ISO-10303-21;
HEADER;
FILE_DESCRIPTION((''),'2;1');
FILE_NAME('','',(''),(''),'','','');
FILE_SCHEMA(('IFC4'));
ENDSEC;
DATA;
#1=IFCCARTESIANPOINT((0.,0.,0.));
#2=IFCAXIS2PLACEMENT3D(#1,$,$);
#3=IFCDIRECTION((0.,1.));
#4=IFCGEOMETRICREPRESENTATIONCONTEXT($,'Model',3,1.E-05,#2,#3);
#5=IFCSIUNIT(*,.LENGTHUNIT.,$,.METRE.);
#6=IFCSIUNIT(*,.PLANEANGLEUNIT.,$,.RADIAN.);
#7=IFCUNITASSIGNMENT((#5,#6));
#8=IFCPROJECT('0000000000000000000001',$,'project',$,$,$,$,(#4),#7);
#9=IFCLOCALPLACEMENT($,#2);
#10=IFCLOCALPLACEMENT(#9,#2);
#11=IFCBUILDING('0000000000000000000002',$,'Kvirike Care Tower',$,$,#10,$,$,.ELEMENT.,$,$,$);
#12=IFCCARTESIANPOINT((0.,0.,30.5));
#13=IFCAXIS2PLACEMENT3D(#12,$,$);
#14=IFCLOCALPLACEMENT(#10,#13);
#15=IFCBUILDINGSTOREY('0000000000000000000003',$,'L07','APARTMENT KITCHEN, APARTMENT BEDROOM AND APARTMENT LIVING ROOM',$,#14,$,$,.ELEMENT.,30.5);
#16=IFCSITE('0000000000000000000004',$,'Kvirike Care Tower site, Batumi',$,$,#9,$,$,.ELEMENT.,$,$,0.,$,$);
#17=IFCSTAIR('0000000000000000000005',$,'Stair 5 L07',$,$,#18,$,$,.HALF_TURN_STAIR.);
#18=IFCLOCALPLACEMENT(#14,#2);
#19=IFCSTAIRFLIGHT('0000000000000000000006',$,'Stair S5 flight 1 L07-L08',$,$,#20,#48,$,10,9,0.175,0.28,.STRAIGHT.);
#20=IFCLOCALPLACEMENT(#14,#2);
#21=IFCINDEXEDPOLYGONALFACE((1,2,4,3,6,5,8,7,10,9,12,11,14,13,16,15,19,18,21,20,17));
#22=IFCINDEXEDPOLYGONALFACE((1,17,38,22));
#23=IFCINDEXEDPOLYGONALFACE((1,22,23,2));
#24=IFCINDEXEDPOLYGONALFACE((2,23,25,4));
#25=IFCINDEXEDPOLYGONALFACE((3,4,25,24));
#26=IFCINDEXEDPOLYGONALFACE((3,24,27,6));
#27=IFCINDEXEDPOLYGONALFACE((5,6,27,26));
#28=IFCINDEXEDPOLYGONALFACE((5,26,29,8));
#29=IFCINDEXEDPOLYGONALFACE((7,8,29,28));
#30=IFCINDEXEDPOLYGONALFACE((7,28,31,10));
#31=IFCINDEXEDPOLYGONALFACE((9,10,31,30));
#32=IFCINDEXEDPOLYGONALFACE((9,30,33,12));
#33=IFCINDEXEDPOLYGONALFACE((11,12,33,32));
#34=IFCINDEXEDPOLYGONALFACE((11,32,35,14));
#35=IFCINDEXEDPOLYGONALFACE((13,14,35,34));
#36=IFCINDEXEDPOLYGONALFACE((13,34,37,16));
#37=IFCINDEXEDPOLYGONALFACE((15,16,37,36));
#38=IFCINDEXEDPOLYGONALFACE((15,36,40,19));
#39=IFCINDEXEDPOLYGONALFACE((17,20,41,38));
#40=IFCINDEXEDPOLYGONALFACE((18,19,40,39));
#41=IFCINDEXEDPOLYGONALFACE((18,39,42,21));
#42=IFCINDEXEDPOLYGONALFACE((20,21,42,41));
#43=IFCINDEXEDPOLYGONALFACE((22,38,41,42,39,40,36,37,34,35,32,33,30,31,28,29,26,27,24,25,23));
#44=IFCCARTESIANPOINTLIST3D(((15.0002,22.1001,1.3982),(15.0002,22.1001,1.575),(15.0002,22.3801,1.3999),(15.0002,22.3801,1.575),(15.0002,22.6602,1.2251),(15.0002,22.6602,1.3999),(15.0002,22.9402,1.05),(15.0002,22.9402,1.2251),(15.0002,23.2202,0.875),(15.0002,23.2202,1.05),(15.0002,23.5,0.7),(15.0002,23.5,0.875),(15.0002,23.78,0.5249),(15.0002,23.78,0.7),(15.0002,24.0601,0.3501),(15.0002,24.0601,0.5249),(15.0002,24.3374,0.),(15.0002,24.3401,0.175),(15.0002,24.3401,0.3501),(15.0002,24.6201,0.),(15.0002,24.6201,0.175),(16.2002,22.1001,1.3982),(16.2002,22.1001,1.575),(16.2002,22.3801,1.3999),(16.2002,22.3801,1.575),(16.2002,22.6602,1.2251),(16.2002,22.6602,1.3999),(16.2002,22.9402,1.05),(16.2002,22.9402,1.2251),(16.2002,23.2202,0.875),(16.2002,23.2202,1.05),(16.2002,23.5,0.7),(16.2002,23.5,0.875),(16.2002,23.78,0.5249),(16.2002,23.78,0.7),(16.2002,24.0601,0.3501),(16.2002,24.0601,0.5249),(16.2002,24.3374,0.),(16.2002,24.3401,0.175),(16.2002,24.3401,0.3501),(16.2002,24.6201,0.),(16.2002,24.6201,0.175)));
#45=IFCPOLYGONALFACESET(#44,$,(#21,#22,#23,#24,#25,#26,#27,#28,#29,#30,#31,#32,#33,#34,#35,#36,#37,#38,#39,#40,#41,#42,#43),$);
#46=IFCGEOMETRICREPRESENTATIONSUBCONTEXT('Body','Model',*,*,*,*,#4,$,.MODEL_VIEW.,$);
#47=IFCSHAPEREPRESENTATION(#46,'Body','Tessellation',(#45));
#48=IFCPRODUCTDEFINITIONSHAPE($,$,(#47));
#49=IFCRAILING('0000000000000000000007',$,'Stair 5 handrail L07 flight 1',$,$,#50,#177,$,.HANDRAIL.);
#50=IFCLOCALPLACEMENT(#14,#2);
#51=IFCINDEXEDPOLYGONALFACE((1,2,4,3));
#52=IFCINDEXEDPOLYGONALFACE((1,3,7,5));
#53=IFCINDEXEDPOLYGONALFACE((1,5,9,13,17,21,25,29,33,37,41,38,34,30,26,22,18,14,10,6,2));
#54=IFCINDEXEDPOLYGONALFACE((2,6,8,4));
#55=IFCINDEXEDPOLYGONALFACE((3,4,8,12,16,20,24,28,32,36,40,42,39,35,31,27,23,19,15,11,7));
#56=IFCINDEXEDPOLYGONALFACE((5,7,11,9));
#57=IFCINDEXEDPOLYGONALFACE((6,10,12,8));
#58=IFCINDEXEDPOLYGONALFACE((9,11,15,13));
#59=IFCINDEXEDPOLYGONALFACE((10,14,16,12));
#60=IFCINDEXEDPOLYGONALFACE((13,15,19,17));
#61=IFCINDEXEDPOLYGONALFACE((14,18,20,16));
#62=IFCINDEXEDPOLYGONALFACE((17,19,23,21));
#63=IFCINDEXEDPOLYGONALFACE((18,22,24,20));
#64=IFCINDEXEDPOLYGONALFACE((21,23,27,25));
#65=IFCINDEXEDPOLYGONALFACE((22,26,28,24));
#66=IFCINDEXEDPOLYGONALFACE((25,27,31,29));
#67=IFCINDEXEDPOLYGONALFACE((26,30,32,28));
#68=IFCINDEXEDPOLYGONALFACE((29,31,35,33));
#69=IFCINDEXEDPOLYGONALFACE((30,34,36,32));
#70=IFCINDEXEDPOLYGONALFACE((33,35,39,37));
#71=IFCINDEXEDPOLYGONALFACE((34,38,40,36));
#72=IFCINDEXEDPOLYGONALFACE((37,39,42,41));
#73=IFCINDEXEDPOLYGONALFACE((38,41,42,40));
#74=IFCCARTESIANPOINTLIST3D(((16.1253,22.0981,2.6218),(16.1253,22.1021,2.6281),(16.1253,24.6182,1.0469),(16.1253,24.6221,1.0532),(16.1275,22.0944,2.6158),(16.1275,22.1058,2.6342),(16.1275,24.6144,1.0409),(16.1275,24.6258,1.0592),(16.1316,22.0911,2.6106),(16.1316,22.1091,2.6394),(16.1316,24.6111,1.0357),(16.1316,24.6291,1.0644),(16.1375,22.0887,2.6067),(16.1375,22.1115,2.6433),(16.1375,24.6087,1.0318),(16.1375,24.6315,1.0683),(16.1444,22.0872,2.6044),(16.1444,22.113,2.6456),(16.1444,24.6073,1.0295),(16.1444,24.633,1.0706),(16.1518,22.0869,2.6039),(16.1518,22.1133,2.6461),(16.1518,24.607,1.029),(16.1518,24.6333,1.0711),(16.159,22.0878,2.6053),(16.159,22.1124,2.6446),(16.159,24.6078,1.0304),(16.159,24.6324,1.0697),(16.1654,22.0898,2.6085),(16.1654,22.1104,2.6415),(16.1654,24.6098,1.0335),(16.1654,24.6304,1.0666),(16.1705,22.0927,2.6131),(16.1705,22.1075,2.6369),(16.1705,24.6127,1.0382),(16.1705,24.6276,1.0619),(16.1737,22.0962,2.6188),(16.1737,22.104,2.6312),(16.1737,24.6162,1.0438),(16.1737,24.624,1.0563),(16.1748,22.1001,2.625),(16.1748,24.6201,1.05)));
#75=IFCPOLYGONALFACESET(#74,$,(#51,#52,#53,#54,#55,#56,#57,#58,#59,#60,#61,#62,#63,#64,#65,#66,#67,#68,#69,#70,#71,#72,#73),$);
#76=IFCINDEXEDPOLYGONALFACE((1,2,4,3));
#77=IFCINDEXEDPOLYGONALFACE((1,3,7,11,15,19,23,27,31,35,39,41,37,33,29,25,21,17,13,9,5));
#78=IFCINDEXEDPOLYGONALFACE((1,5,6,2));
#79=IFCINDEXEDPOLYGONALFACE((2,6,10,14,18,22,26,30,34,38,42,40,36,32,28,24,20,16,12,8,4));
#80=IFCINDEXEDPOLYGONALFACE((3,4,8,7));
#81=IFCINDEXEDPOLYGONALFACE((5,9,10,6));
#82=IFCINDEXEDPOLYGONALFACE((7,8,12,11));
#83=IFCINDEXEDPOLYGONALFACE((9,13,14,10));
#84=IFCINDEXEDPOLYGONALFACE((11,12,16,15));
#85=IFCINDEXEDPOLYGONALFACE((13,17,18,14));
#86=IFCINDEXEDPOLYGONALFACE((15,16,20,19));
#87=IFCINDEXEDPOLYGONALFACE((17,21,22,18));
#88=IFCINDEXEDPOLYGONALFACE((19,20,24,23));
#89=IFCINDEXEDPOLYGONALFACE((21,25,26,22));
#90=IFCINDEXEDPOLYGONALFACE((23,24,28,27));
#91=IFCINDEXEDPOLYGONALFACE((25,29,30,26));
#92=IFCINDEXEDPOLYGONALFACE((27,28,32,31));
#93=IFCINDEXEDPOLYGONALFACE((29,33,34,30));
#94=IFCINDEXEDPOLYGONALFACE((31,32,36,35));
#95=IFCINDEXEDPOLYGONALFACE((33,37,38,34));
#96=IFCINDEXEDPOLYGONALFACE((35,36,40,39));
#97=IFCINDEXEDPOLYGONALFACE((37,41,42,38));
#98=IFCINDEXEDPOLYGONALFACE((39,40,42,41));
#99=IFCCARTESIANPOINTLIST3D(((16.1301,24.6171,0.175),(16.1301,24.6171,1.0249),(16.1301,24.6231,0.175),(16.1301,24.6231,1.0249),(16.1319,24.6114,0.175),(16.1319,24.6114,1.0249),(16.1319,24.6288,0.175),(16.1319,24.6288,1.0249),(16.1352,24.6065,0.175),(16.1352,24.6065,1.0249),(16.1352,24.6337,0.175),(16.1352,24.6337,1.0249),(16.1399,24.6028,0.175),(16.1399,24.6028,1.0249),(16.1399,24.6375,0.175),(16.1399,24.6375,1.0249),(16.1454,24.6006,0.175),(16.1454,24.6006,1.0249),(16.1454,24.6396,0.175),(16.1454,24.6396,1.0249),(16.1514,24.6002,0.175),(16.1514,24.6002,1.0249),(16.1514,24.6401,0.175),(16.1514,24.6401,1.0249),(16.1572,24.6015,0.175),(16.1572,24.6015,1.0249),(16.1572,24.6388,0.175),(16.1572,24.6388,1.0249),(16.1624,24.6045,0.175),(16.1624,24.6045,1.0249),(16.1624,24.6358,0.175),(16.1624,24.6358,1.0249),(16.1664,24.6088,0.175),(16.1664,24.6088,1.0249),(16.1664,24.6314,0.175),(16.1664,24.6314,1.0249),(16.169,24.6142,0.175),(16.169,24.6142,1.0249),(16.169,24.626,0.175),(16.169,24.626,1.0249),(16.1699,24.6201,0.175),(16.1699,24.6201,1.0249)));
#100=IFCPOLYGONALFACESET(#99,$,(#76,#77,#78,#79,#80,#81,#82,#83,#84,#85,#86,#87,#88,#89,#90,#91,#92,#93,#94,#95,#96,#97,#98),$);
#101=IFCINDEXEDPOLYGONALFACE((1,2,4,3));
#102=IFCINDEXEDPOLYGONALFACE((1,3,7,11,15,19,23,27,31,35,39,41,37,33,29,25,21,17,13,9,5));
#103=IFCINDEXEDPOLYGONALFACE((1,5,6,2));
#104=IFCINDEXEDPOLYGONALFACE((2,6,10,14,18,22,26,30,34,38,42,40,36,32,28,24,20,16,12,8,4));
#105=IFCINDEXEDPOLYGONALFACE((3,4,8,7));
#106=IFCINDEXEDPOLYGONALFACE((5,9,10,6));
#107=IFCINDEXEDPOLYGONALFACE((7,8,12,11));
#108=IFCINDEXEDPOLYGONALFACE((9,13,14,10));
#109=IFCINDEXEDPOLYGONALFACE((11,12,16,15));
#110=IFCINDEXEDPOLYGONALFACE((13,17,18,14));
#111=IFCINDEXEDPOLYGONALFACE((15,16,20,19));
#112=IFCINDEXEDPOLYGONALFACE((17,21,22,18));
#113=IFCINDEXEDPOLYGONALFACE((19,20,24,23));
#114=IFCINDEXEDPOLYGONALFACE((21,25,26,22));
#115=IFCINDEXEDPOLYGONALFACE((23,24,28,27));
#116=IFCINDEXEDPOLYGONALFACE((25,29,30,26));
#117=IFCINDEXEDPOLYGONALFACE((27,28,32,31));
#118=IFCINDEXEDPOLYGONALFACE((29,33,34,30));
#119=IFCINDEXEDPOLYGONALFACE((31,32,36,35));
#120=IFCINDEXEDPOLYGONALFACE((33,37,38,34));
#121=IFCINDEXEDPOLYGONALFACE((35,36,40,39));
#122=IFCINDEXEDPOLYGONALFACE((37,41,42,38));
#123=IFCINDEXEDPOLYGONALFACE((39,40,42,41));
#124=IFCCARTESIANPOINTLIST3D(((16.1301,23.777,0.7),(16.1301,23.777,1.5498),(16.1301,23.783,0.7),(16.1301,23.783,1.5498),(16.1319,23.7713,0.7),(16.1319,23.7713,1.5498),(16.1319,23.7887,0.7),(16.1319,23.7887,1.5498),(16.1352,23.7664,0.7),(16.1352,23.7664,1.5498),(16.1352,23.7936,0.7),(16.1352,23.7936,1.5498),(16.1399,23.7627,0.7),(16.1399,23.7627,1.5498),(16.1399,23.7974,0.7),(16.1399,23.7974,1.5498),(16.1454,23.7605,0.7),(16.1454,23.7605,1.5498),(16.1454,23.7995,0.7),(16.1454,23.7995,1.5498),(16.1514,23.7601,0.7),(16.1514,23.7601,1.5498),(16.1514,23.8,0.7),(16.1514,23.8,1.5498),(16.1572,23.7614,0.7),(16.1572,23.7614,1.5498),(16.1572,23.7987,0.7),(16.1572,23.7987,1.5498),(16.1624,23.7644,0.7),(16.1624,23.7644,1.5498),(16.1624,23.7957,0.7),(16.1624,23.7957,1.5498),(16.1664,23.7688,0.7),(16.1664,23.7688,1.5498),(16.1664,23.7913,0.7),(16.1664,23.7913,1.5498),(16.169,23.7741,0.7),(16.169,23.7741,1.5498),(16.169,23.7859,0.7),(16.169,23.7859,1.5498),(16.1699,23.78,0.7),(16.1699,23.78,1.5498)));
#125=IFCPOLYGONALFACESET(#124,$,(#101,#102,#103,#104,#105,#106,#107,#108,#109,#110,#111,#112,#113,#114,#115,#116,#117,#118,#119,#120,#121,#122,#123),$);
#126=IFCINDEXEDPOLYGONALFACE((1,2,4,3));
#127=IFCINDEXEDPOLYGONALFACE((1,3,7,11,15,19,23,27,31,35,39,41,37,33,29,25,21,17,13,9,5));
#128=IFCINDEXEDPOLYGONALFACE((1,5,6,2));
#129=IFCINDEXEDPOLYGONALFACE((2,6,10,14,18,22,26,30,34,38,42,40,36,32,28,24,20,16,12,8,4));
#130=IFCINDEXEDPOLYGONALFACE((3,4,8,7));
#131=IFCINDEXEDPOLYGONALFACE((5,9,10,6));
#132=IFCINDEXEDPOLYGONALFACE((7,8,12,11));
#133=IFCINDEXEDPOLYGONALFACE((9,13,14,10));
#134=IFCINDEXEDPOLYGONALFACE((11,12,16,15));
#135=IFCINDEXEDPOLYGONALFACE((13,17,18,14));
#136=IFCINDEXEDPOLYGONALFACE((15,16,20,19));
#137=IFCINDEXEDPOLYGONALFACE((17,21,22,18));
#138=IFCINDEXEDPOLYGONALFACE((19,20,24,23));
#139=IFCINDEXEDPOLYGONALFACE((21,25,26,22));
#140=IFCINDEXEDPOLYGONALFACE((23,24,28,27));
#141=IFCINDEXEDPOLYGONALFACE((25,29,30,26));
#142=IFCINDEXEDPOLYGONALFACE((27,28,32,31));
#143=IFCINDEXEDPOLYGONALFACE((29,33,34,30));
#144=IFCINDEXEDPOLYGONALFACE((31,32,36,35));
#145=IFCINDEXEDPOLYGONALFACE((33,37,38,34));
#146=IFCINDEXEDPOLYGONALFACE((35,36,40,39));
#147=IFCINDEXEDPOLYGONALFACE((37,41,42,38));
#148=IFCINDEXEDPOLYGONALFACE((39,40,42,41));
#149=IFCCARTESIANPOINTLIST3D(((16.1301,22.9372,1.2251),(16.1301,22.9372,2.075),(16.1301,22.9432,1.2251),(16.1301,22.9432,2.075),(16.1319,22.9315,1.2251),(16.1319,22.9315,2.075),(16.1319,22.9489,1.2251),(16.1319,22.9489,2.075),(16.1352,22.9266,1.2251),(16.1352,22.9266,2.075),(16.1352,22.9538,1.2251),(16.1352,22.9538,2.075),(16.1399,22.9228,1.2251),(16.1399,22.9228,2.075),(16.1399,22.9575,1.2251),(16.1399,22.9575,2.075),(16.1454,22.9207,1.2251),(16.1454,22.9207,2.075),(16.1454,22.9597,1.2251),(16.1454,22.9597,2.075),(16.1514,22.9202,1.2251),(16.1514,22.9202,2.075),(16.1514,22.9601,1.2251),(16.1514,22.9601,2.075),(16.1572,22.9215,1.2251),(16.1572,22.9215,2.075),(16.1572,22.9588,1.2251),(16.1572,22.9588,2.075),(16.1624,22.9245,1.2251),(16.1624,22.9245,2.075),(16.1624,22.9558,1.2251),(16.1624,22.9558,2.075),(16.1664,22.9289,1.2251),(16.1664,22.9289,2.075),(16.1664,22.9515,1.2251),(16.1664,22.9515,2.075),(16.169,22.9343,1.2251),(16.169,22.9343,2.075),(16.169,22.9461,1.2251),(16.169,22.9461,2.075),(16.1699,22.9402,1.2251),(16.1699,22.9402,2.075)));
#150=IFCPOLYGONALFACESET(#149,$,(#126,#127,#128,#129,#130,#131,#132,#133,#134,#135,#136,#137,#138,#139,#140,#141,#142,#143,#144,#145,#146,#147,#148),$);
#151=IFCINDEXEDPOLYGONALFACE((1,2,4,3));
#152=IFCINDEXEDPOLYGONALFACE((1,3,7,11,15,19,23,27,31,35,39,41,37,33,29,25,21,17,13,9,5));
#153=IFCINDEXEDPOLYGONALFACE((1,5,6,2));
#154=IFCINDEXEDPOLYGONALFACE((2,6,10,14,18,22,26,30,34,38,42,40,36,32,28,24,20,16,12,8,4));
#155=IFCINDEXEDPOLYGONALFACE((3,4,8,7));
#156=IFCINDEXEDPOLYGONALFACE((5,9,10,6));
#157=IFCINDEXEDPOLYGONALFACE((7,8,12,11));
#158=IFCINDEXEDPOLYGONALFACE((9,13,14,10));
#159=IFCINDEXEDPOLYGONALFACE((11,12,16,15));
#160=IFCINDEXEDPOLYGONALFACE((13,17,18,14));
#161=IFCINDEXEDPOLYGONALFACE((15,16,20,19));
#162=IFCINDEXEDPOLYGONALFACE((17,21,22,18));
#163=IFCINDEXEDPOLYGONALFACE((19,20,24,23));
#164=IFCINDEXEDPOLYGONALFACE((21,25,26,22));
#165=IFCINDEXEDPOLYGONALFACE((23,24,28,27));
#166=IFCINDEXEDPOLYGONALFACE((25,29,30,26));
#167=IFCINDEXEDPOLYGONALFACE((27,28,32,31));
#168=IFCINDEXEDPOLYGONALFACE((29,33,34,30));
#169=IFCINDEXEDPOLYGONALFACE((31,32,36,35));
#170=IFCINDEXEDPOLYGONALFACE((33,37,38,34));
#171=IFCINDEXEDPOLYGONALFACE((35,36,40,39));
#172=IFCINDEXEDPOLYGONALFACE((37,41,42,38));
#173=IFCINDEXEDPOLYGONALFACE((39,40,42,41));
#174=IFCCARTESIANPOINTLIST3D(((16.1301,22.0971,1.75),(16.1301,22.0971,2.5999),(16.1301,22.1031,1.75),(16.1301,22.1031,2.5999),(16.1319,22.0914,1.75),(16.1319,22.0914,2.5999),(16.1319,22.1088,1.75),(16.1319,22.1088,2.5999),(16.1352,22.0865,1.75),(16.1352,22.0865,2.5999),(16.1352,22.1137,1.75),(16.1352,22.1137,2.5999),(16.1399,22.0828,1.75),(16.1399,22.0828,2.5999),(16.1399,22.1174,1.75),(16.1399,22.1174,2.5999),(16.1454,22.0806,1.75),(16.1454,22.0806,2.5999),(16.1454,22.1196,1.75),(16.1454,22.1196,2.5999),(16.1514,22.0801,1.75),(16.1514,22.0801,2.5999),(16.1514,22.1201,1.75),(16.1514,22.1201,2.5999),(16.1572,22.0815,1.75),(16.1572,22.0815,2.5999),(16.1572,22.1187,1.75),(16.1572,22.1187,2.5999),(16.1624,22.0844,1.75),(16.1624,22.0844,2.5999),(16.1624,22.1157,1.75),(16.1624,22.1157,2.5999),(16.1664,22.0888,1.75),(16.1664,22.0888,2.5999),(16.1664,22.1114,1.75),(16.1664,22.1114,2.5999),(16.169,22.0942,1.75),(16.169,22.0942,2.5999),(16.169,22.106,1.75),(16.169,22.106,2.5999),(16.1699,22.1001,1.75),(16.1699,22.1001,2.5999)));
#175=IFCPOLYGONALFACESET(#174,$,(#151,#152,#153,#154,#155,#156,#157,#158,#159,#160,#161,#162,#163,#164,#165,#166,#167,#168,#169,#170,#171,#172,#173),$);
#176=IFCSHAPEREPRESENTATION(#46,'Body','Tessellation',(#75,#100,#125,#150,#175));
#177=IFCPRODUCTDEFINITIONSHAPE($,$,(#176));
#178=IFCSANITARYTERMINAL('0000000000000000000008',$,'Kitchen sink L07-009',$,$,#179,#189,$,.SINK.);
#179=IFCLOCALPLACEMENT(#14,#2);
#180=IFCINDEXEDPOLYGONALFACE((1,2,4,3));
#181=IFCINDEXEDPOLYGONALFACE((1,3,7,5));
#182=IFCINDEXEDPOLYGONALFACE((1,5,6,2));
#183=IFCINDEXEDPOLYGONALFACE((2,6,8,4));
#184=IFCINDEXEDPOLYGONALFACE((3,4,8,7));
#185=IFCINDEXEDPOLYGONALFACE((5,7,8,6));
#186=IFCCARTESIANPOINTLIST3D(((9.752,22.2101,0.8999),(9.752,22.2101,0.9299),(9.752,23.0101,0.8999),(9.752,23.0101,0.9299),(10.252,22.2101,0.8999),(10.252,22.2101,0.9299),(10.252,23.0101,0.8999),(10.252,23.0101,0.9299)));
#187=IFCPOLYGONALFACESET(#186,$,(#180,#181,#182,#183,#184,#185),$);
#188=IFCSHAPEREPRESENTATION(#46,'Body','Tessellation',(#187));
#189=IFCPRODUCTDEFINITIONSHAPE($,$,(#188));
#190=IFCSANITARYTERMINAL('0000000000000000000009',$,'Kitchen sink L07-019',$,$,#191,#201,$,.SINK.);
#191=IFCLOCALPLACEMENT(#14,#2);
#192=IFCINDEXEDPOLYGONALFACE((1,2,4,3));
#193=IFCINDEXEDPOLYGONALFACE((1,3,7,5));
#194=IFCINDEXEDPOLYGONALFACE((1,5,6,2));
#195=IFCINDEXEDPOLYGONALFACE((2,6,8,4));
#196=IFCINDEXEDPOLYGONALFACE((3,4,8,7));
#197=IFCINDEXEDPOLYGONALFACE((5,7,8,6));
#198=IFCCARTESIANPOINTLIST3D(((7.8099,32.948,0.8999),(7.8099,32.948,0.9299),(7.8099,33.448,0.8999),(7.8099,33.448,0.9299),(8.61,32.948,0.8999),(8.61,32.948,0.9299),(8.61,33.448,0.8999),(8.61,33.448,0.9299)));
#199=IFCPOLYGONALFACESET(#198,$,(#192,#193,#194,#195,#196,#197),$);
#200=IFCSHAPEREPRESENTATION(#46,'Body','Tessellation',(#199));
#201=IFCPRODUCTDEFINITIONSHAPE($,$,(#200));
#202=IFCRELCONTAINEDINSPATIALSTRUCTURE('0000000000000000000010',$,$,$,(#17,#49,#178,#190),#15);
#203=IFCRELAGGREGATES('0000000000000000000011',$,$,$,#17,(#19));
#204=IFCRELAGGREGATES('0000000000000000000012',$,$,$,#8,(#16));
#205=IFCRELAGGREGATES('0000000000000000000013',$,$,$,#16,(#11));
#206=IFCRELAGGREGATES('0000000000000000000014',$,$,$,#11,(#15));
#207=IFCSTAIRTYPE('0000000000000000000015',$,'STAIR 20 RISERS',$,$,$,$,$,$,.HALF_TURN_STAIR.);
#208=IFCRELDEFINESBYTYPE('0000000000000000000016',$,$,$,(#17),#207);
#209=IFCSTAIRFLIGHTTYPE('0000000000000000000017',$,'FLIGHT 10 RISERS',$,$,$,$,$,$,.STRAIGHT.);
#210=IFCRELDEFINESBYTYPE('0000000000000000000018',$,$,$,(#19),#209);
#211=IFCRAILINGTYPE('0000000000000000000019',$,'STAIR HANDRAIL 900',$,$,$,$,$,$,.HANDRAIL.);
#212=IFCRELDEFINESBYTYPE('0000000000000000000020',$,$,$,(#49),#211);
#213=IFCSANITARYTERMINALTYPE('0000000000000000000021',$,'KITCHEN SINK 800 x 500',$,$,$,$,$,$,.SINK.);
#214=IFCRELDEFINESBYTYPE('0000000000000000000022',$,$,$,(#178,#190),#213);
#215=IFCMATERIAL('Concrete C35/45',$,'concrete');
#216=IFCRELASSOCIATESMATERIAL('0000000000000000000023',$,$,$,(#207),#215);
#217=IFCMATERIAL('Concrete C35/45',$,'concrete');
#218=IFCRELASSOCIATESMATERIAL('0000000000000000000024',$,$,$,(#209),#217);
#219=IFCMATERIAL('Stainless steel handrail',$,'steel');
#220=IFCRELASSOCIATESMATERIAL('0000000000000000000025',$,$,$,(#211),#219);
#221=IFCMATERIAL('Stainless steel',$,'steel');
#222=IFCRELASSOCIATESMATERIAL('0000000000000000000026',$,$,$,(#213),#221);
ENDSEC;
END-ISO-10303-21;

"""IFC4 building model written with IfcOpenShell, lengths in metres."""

from ifc_helpers import new_model, si_unit, direction, frame, origin, origin_2d, place, context, subcontext, project, spatial, polyline, rectangle, circle, outline, extrude, material, type_object, element, aggregate, save


model = new_model("IFC4")

# Units and contexts
model_context = context("Model", 3, precision=1e-05, world=origin(), true_north=direction((0.0, 1.0)))
body_context = subcontext(model_context, "Body", "Model", "MODEL_VIEW")
ifc_project = project(units=[si_unit("LENGTHUNIT", "METRE"), si_unit("PLANEANGLEUNIT", "RADIAN")], contexts=[model_context])

# Site, building, storey
site_placement = place(None, origin())
site = spatial("IfcSite", under=ifc_project, at=site_placement, Name="Kvirike Care Tower site, Batumi", CompositionType="ELEMENT", RefElevation=0.0)
building_placement = place(site_placement, origin())
building = spatial("IfcBuilding", under=site, at=building_placement, Name="Kvirike Care Tower", CompositionType="ELEMENT")
storey_placement = place(building_placement, frame((0.0, 0.0, 30.5)))
storey = spatial("IfcBuildingStorey", under=building, at=storey_placement, Name="L07", Description="APARTMENT KITCHEN, APARTMENT BEDROOM AND APARTMENT LIVING ROOM", CompositionType="ELEMENT", Elevation=30.5)

# Stair, stair flight
ifc_material_1 = material(Name="Concrete C35/45", Category="concrete")
stair_type = type_object("IfcStairType", Name="STAIR 20 RISERS", PredefinedType="HALF_TURN_STAIR", material=ifc_material_1)
stair_placement = place(storey_placement, origin())
stair = element("IfcStair", 1, at=stair_placement, inside=storey, type_object=stair_type, Name="Stair 5 L07", PredefinedType="HALF_TURN_STAIR")
ifc_material_2 = material(Name="Concrete C35/45", Category="concrete")
stair_flight_type = type_object("IfcStairFlightType", Name="FLIGHT 10 RISERS", PredefinedType="STRAIGHT", material=ifc_material_2)
stair_flight_placement = place(storey_placement, frame((15.6001, 24.6201, 0.0), z_axis=(0.0, 0.0, 1.0), x_axis=(0.0, -1.0, 0.0)))
stair_flight = element("IfcStairFlight", 2, at=stair_flight_placement, type_object=stair_flight_type, Name="Stair S5 flight 1 L07-L08", NumberOfRisers=10, NumberOfTreads=9, PredefinedType="STRAIGHT", RiserHeight=0.175, TreadLength=0.28, context=body_context, shape_type="SweptSolid", body=[
    extrude(outline(polyline([(0.0, 0.0), (0.0, 0.175), (0.28, 0.175), (0.28, 0.3501), (0.5601, 0.3501), (0.5601, 0.5249), (0.8401, 0.5249), (0.8401, 0.7), (1.1201, 0.7), (1.1201, 0.875), (1.3999, 0.875), (1.3999, 1.05), (1.6799, 1.05), (1.6799, 1.2251), (1.96, 1.2251), (1.96, 1.3999), (2.24, 1.3999), (2.24, 1.575), (2.52, 1.575), (2.52, 1.75), (2.52, 1.3982), (0.2827, 0.0), (0.0, 0.0)])), frame((0.0, 0.6001, 0.0), z_axis=(0.0, -1.0, 0.0), x_axis=(1.0, 0.0, 0.0)), (0.0, 0.0, 1.0), 1.2),
])
aggregate(stair, [stair_flight])

# Railing
ifc_material_3 = material(Name="Stainless steel handrail", Category="steel")
railing_type = type_object("IfcRailingType", Name="STAIR HANDRAIL 900", PredefinedType="HANDRAIL", material=ifc_material_3)
railing_placement = place(storey_placement, frame((16.1499, 24.6201, 0.175)))
element("IfcRailing", 3, at=railing_placement, inside=storey, type_object=railing_type, Name="Stair 5 handrail L07 flight 1", PredefinedType="HANDRAIL", context=body_context, shape_type="SweptSolid", body=[
    extrude(circle(Radius=0.0249, at=origin_2d()), frame((0.0, 0.0, 0.875), z_axis=(0.0, -0.848008, 0.529984), x_axis=(1.0, 0.0, 0.0)), (0.0, 0.0, 1.0), 2.9717),
    extrude(circle(Radius=0.02, at=origin_2d()), origin(), (0.0, 0.0, 1.0), 0.8499),
    extrude(circle(Radius=0.02, at=origin_2d()), frame((0.0, -0.8401, 0.5249)), (0.0, 0.0, 1.0), 0.8499),
    extrude(circle(Radius=0.02, at=origin_2d()), frame((0.0, -1.6799, 1.05)), (0.0, 0.0, 1.0), 0.8499),
    extrude(circle(Radius=0.02, at=origin_2d()), frame((0.0, -2.52, 1.575)), (0.0, 0.0, 1.0), 0.8499),
])

# Sanitary terminals
ifc_material_4 = material(Name="Stainless steel", Category="steel")
sanitary_terminal_type = type_object("IfcSanitaryTerminalType", Name="KITCHEN SINK 800 x 500", PredefinedType="SINK", material=ifc_material_4)
for number, where, z_axis, x_axis, name in (
    (4, (10.002, 22.6101, 0.8999), (0.0, 0.0, 1.0), (0.0, 1.0, 0.0), "Kitchen sink L07-009"),
    (5, (8.21, 33.198, 0.8999), (0.0, 0.0, 1.0), (1.0, 0.0, 0.0), "Kitchen sink L07-019"),
):
    element("IfcSanitaryTerminal", number, at=place(storey_placement, frame(where, z_axis=z_axis, x_axis=x_axis)), inside=storey, type_object=sanitary_terminal_type, Name=name, PredefinedType="SINK", context=body_context, shape_type="SweptSolid", body=[
        extrude(rectangle(XDim=0.8, YDim=0.5, at=origin_2d()), origin(), (0.0, 0.0, 1.0), 0.03),
    ])

save(model, "model.ifc")
